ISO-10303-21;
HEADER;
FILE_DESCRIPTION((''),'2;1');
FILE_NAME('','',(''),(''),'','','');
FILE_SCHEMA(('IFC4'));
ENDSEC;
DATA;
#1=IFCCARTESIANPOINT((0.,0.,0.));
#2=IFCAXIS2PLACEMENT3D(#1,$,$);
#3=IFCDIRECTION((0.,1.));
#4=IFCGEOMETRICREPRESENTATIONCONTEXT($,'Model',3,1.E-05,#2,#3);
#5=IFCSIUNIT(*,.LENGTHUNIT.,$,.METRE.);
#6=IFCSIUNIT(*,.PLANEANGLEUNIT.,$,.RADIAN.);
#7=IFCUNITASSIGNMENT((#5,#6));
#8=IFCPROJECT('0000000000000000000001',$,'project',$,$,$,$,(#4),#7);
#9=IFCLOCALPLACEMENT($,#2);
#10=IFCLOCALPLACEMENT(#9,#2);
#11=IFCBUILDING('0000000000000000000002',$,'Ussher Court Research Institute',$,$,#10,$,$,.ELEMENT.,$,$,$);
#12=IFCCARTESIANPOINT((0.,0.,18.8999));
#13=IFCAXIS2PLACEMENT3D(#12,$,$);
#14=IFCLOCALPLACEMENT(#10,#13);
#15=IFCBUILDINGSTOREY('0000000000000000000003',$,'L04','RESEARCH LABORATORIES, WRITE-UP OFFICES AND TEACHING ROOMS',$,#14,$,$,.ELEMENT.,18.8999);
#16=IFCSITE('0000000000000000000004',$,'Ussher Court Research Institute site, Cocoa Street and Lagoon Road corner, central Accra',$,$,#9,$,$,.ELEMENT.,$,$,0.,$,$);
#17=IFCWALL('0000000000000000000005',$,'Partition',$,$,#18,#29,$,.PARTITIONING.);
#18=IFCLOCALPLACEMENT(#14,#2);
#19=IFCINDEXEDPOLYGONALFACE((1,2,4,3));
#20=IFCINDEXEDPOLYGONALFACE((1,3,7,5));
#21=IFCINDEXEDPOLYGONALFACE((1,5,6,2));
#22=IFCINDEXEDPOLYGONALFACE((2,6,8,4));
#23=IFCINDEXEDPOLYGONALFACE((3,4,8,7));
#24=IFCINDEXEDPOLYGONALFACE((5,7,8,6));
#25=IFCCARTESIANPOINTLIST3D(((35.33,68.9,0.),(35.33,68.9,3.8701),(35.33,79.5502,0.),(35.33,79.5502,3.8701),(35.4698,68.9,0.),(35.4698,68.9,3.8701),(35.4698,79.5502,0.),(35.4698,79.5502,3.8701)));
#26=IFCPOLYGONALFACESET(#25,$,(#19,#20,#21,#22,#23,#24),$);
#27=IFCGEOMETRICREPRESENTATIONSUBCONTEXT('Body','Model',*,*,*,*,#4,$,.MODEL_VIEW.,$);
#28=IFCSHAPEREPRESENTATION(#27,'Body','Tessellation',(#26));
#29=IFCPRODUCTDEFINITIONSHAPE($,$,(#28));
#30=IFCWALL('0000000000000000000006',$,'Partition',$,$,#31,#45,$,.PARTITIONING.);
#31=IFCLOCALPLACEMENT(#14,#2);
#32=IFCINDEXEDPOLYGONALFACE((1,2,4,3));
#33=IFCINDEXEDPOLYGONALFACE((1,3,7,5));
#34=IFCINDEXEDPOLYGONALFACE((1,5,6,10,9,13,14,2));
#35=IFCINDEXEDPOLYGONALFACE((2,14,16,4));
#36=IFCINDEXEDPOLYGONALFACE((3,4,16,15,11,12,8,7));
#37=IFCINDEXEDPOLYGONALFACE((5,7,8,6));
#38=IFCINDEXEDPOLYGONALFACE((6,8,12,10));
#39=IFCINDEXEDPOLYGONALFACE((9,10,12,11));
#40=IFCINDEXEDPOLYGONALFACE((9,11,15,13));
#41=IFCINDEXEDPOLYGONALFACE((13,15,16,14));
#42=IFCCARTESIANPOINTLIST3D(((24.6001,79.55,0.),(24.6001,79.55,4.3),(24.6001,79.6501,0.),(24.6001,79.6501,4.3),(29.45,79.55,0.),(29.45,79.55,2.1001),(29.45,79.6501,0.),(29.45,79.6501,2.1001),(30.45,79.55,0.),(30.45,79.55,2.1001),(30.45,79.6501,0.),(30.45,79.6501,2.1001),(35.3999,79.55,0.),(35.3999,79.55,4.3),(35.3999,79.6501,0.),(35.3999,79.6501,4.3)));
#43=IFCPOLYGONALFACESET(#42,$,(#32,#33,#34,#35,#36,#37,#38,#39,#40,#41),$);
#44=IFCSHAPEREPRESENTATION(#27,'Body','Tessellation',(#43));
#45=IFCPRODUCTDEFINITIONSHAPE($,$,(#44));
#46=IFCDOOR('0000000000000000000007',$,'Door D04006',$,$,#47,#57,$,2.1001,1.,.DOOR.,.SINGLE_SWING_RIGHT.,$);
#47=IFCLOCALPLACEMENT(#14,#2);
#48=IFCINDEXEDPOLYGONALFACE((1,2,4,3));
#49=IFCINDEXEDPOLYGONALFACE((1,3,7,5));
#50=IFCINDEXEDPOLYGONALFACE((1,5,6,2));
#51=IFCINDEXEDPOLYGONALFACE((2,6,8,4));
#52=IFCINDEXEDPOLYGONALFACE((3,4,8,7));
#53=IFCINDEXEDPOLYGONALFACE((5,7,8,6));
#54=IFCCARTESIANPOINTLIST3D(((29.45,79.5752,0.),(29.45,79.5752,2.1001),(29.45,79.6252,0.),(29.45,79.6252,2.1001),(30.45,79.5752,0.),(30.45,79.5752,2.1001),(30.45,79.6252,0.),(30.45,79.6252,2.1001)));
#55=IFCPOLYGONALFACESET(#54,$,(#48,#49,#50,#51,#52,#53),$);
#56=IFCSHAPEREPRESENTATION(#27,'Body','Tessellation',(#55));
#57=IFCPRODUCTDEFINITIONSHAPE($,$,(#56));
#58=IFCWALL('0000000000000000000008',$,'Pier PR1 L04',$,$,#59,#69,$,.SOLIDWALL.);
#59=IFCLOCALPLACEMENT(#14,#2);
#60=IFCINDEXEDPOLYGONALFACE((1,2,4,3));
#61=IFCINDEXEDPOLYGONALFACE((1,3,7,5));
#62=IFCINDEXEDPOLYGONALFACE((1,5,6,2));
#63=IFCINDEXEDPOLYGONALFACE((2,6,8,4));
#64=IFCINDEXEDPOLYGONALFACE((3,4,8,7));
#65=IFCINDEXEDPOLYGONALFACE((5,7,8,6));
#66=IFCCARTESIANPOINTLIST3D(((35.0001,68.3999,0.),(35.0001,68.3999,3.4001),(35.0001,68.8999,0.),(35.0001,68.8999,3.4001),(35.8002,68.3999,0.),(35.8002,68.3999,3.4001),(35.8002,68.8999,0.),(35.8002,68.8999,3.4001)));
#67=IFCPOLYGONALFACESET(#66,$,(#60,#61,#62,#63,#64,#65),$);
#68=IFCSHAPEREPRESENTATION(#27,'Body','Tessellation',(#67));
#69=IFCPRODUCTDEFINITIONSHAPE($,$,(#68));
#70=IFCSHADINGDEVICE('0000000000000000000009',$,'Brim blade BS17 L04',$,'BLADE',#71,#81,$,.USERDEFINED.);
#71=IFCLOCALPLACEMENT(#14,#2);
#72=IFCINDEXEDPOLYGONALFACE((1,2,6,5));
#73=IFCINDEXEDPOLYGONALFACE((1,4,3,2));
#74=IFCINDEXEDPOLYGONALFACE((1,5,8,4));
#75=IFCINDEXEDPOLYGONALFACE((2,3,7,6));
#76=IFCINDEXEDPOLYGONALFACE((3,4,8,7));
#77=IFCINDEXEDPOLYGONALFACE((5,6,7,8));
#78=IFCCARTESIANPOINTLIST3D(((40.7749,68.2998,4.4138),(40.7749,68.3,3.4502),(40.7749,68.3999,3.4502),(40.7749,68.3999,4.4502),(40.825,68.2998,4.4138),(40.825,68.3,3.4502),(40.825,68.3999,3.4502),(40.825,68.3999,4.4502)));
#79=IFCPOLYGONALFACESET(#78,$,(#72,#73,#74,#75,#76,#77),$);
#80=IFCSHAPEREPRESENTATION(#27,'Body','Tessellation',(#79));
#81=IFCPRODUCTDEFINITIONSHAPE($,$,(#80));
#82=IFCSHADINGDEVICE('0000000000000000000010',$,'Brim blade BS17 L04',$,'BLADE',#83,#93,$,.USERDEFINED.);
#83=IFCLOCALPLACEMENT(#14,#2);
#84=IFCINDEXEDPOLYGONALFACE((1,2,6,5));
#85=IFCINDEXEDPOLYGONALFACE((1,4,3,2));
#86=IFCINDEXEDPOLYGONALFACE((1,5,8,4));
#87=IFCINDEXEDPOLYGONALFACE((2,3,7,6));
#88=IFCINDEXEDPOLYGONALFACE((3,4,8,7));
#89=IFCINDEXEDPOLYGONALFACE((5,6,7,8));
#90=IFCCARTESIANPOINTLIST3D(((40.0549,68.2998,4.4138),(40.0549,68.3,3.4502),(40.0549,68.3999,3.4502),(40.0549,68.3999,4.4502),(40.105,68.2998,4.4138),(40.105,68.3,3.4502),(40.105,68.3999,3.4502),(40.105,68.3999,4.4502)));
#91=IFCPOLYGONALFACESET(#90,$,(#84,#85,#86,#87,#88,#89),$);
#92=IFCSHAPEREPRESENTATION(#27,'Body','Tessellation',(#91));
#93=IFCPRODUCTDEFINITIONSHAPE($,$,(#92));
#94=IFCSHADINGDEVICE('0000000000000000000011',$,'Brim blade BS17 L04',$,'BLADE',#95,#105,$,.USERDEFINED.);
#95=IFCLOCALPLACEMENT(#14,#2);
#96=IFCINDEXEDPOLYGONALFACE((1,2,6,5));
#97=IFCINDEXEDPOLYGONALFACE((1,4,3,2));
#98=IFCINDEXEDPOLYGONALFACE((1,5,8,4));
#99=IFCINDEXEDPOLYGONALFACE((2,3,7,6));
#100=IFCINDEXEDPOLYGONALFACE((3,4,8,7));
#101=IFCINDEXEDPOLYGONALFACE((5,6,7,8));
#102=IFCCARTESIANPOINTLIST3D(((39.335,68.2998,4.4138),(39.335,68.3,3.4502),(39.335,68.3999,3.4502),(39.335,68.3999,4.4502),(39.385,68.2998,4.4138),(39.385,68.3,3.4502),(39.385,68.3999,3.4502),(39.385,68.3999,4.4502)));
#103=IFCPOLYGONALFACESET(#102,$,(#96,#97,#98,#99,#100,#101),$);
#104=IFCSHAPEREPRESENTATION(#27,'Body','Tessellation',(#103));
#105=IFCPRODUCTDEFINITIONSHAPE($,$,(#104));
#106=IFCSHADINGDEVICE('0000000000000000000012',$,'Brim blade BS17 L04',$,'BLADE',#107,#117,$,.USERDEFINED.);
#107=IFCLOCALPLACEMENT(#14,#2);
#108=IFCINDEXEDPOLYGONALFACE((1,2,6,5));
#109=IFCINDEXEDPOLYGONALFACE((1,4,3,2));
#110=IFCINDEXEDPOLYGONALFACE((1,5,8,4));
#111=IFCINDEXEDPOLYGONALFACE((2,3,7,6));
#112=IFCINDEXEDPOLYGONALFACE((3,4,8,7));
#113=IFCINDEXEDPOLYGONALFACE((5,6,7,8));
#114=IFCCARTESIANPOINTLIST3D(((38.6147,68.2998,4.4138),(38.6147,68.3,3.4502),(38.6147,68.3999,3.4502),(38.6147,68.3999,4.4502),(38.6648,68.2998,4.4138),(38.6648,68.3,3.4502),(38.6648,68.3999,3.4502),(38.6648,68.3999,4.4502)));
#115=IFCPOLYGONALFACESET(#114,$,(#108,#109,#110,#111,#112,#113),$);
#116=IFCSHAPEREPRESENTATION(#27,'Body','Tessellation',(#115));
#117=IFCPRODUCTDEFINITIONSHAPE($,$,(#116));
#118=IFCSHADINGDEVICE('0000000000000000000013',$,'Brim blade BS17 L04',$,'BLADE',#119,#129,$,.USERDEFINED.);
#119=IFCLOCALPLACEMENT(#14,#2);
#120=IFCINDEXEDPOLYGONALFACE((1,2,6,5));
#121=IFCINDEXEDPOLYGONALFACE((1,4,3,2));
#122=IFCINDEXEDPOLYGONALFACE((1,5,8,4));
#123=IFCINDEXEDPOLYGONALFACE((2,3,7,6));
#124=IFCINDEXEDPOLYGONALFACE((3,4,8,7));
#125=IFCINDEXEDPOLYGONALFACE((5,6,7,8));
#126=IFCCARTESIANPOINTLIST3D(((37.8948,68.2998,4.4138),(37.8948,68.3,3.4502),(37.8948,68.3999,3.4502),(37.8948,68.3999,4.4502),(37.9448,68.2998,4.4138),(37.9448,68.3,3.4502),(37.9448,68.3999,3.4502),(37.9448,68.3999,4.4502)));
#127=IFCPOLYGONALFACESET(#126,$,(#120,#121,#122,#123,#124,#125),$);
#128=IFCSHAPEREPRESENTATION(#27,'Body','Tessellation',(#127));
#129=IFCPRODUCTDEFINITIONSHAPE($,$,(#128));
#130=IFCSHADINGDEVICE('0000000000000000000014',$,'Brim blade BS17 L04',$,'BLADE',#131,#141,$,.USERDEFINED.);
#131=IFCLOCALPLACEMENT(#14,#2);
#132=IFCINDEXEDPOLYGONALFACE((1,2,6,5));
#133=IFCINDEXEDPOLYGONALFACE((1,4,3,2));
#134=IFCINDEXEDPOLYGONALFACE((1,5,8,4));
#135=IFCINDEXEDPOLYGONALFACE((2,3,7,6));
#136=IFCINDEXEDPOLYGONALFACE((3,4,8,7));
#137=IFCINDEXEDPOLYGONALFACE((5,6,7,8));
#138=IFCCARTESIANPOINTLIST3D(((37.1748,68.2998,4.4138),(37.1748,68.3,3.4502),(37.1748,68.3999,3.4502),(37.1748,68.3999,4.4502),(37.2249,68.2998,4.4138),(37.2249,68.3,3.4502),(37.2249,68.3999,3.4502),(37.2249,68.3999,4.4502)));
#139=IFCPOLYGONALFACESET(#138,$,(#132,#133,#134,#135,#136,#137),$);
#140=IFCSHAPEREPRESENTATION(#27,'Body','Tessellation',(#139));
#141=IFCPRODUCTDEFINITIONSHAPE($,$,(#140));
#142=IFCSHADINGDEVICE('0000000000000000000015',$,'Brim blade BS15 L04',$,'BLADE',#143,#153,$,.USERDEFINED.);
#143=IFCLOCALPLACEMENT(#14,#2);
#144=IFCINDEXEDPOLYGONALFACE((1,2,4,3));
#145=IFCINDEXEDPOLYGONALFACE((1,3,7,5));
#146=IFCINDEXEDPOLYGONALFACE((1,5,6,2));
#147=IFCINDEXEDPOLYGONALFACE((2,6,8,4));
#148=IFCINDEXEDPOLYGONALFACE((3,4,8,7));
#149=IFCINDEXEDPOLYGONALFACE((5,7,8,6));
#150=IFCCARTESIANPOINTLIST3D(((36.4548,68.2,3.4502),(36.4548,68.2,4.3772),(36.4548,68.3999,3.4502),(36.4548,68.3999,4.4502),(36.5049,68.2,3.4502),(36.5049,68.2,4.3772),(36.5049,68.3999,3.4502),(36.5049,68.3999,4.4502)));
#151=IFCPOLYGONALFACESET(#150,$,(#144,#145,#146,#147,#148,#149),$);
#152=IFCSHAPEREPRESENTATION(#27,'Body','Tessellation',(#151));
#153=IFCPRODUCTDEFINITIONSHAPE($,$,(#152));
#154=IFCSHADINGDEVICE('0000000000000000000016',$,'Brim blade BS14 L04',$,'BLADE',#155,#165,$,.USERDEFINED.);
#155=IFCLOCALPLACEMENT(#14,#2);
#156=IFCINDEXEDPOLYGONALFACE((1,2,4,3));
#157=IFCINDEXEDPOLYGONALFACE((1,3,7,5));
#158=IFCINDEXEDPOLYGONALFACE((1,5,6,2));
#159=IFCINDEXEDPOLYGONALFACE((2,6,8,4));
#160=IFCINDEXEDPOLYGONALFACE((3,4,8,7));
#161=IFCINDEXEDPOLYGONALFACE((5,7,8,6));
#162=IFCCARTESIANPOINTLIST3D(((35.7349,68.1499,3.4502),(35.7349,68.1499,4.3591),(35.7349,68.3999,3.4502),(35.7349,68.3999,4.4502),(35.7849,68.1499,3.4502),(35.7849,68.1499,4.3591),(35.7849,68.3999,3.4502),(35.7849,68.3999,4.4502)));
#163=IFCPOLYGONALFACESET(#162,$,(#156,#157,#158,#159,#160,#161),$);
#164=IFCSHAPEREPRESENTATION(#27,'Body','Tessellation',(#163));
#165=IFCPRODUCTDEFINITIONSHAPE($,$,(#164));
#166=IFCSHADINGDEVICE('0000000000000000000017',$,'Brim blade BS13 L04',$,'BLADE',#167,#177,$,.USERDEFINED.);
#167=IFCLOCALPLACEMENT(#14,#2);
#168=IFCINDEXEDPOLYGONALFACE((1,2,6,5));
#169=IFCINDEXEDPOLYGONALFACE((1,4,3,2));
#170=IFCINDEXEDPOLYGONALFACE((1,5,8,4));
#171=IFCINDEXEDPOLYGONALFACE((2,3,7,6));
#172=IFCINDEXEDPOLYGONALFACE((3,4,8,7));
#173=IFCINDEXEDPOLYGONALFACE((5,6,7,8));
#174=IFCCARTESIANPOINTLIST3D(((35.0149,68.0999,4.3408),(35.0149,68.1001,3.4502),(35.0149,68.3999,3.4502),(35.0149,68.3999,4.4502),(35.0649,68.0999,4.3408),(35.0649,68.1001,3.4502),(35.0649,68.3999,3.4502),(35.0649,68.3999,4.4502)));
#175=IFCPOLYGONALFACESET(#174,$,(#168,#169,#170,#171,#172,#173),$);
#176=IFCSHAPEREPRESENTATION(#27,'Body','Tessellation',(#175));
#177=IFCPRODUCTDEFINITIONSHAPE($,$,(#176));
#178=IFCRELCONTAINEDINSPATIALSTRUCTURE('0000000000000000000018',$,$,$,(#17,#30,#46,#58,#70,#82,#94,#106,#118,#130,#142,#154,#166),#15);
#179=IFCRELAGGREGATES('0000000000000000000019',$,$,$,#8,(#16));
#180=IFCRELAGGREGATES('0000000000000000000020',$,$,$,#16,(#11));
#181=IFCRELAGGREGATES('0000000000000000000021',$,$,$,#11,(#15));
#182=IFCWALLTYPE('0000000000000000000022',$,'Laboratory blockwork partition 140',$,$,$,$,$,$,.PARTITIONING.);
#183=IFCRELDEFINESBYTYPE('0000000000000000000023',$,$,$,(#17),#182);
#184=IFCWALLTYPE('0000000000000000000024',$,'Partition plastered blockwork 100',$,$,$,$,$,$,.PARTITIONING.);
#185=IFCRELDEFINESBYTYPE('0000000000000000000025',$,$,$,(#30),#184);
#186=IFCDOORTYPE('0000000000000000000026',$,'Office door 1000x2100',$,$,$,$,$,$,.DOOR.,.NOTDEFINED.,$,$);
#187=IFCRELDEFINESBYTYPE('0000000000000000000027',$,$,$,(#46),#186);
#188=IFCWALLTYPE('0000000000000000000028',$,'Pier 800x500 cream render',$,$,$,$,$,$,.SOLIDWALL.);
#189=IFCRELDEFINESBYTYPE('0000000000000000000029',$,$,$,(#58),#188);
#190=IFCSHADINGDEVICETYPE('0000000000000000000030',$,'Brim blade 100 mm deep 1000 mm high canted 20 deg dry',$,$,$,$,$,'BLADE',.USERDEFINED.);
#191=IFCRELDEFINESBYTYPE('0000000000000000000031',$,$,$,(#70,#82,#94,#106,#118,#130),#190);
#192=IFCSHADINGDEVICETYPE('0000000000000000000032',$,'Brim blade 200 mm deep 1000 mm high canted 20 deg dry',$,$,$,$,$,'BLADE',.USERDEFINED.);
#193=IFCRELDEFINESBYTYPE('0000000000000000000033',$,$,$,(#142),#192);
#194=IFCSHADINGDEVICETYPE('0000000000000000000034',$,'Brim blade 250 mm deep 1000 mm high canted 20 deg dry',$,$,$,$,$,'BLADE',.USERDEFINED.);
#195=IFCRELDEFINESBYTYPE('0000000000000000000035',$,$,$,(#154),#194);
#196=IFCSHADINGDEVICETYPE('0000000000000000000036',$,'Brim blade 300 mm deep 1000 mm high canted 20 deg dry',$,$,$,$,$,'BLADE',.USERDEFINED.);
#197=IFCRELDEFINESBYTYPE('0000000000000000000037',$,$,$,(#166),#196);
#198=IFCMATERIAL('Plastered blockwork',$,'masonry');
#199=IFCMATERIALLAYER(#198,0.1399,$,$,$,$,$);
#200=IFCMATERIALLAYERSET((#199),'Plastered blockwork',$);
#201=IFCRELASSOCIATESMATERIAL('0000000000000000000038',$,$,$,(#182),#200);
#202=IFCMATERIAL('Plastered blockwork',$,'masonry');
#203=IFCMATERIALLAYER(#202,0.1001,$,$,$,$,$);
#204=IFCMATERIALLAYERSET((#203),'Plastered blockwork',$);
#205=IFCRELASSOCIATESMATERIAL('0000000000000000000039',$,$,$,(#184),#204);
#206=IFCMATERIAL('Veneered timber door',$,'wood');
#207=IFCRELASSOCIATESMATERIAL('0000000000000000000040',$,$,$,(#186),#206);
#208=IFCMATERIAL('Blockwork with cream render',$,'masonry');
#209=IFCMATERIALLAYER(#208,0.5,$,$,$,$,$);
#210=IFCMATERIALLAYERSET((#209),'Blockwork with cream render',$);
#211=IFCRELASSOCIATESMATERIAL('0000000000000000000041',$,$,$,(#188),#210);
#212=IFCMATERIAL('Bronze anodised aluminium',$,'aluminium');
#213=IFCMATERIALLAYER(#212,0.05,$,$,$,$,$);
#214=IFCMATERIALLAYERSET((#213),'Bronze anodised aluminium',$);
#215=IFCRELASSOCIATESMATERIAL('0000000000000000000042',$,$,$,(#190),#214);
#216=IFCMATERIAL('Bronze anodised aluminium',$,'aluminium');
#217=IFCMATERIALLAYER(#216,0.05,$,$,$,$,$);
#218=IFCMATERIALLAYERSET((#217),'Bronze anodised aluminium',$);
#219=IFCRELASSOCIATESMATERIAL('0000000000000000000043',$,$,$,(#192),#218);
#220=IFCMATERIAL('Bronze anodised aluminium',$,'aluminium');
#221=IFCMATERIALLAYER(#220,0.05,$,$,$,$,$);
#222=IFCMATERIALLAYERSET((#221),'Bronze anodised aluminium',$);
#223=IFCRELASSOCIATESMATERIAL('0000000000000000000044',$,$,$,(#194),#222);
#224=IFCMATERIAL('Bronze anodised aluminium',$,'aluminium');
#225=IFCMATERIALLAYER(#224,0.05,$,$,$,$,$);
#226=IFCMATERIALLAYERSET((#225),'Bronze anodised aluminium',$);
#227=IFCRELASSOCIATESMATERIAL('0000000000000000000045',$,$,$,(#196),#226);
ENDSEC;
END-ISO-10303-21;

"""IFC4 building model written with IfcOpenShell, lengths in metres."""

from ifc_helpers import new_model, si_unit, direction, frame, frame_2d, origin, place, context, subcontext, project, spatial, polyline, rectangle, outline, extrude, material, layer, layer_set, type_object, element, fill, save


model = new_model("IFC4")

# Units and contexts
model_context = context("Model", 3, precision=1e-05, world=origin(), true_north=direction((0.0, 1.0)))
body_context = subcontext(model_context, "Body", "Model", "MODEL_VIEW")
ifc_project = project(units=[si_unit("LENGTHUNIT", "METRE"), si_unit("PLANEANGLEUNIT", "RADIAN")], contexts=[model_context])

# Site, building, storey
site_placement = place(None, origin())
site = spatial("IfcSite", under=ifc_project, at=site_placement, Name="Ussher Court Research Institute site, Cocoa Street and Lagoon Road corner, central Accra", CompositionType="ELEMENT", RefElevation=0.0)
building_placement = place(site_placement, origin())
building = spatial("IfcBuilding", under=site, at=building_placement, Name="Ussher Court Research Institute", CompositionType="ELEMENT")
storey_placement = place(building_placement, frame((0.0, 0.0, 18.8999)))
storey = spatial("IfcBuildingStorey", under=building, at=storey_placement, Name="L04", Description="RESEARCH LABORATORIES, WRITE-UP OFFICES AND TEACHING ROOMS", CompositionType="ELEMENT", Elevation=18.8999)

# Wall
ifc_material_1 = material(Name="Plastered blockwork", Category="masonry")
ifc_layer_1 = layer(ifc_material_1, 0.1399)
ifc_layer_set_1 = layer_set([ifc_layer_1], Name="Plastered blockwork")
wall_type_1 = type_object("IfcWallType", Name="Laboratory blockwork partition 140", PredefinedType="PARTITIONING", material=ifc_layer_set_1)
wall_1_placement = place(storey_placement, frame((35.3999, 68.8999, 0.0), z_axis=(0.0, 0.0, 1.0), x_axis=(0.0, 1.0, 0.0)))
element("IfcWall", 1, at=wall_1_placement, inside=storey, type_object=wall_type_1, Name="Partition", PredefinedType="PARTITIONING", context=body_context, shape_type="SweptSolid", body=[
    extrude(rectangle(XDim=10.6501, YDim=0.1399, at=frame_2d((5.3252, 0.0))), origin(), (0.0, 0.0, 1.0), 3.8701),
])

# Wall, opening, door
ifc_material_2 = material(Name="Plastered blockwork", Category="masonry")
ifc_layer_2 = layer(ifc_material_2, 0.1001)
ifc_layer_set_2 = layer_set([ifc_layer_2], Name="Plastered blockwork")
wall_type_2 = type_object("IfcWallType", Name="Partition plastered blockwork 100", PredefinedType="PARTITIONING", material=ifc_layer_set_2)
wall_2_placement = place(storey_placement, frame((35.3999, 79.6001, 0.0), z_axis=(0.0, 0.0, 1.0), x_axis=(-1.0, 0.0, 0.0)))
wall_2 = element("IfcWall", 2, at=wall_2_placement, inside=storey, type_object=wall_type_2, Name="Partition", PredefinedType="PARTITIONING", context=body_context, shape_type="SweptSolid", body=[
    extrude(rectangle(XDim=10.7998, YDim=0.1001, at=frame_2d((5.3999, 0.0))), origin(), (0.0, 0.0, 1.0), 4.3),
])
opening_1_placement = place(wall_2_placement, frame((4.95, 0.0, 0.0)))
opening_1 = element("IfcOpeningElement", 3, at=opening_1_placement, cuts=wall_2, PredefinedType="OPENING", context=body_context, shape_type="SweptSolid", body=[
    extrude(rectangle(XDim=1.0, YDim=2.1001, at=frame_2d((0.5, 1.05))), frame((0.0, 0.0601, 0.0), z_axis=(0.0, -1.0, 0.0), x_axis=(1.0, 0.0, 0.0)), (0.0, 0.0, 1.0), 0.1201),
])
ifc_material_3 = material(Name="Veneered timber door", Category="wood")
door_type = type_object("IfcDoorType", Name="Office door 1000x2100", OperationType="NOTDEFINED", PredefinedType="DOOR", material=ifc_material_3)
door_placement = place(opening_1_placement, origin())
door = element("IfcDoor", 4, at=door_placement, inside=storey, type_object=door_type, Name="Door D04006", OperationType="SINGLE_SWING_RIGHT", OverallHeight=2.1001, OverallWidth=1.0, PredefinedType="DOOR", context=body_context, shape_type="SweptSolid", body=[
    extrude(rectangle(XDim=1.0, YDim=2.1001, at=frame_2d((0.5, 1.05))), frame((0.0, 0.0249, 0.0), z_axis=(0.0, -1.0, 0.0), x_axis=(1.0, 0.0, 0.0)), (0.0, 0.0, 1.0), 0.05),
])
fill(opening_1, door)

# Wall
ifc_material_4 = material(Name="Blockwork with cream render", Category="masonry")
ifc_layer_3 = layer(ifc_material_4, 0.5)
ifc_layer_set_3 = layer_set([ifc_layer_3], Name="Blockwork with cream render")
wall_type_3 = type_object("IfcWallType", Name="Pier 800x500 cream render", PredefinedType="SOLIDWALL", material=ifc_layer_set_3)
wall_3_placement = place(storey_placement, frame((35.8, 68.6499, 0.0), z_axis=(0.0, 0.0, 1.0), x_axis=(-1.0, 0.0, 0.0)))
element("IfcWall", 5, at=wall_3_placement, inside=storey, type_object=wall_type_3, Name="Pier PR1 L04", PredefinedType="SOLIDWALL", context=body_context, shape_type="SweptSolid", body=[
    extrude(rectangle(XDim=0.8, YDim=0.5, at=frame_2d((0.3999, 0.0))), origin(), (0.0, 0.0, 1.0), 3.4001),
])

# Shading devices
ifc_material_5 = material(Name="Bronze anodised aluminium", Category="aluminium")
ifc_layer_4 = layer(ifc_material_5, 0.05)
ifc_layer_set_4 = layer_set([ifc_layer_4], Name="Bronze anodised aluminium")
shading_device_type_1 = type_object("IfcShadingDeviceType", Name="Brim blade 100 mm deep 1000 mm high canted 20 deg dry", ElementType="BLADE", PredefinedType="USERDEFINED", material=ifc_layer_set_4)
for number, where, z_axis, x_axis, name in (
    (6, (40.8, 68.3999, 3.4502), (0.0, 0.0, 1.0), (0.0, -1.0, 0.0), "Brim blade BS17 L04"),
    (7, (40.0801, 68.3999, 3.4502), (0.0, 0.0, 1.0), (0.0, -1.0, 0.0), "Brim blade BS17 L04"),
    (8, (39.3601, 68.3999, 3.4502), (0.0, 0.0, 1.0), (0.0, -1.0, 0.0), "Brim blade BS17 L04"),
    (9, (38.6399, 68.3999, 3.4502), (0.0, 0.0, 1.0), (0.0, -1.0, 0.0), "Brim blade BS17 L04"),
    (10, (37.9199, 68.3999, 3.4502), (0.0, 0.0, 1.0), (0.0, -1.0, 0.0), "Brim blade BS17 L04"),
    (11, (37.2, 68.3999, 3.4502), (0.0, 0.0, 1.0), (0.0, -1.0, 0.0), "Brim blade BS17 L04"),
):
    element("IfcShadingDevice", number, at=place(storey_placement, frame(where, z_axis=z_axis, x_axis=x_axis)), inside=storey, type_object=shading_device_type_1, Name=name, ObjectType="BLADE", PredefinedType="USERDEFINED", context=body_context, shape_type="SweptSolid", body=[
        extrude(outline(polyline([(0.0, 0.0), (0.0999, 0.0), (0.1001, 0.9636), (0.0, 1.0), (0.0, 0.0)])), frame((0.0, 0.0249, 0.0), z_axis=(0.0, -1.0, 0.0), x_axis=(1.0, 0.0, 0.0)), (0.0, 0.0, 1.0), 0.05),
    ])
ifc_material_6 = material(Name="Bronze anodised aluminium", Category="aluminium")
ifc_layer_5 = layer(ifc_material_6, 0.05)
ifc_layer_set_5 = layer_set([ifc_layer_5], Name="Bronze anodised aluminium")
shading_device_type_2 = type_object("IfcShadingDeviceType", Name="Brim blade 200 mm deep 1000 mm high canted 20 deg dry", ElementType="BLADE", PredefinedType="USERDEFINED", material=ifc_layer_set_5)
shading_device_1_placement = place(storey_placement, frame((36.48, 68.3999, 3.4502), z_axis=(0.0, 0.0, 1.0), x_axis=(0.0, -1.0, 0.0)))
element("IfcShadingDevice", 12, at=shading_device_1_placement, inside=storey, type_object=shading_device_type_2, Name="Brim blade BS15 L04", ObjectType="BLADE", PredefinedType="USERDEFINED", context=body_context, shape_type="SweptSolid", body=[
    extrude(outline(polyline([(0.0, 0.0), (0.2, 0.0), (0.2, 0.927), (0.0, 1.0), (0.0, 0.0)])), frame((0.0, 0.0249, 0.0), z_axis=(0.0, -1.0, 0.0), x_axis=(1.0, 0.0, 0.0)), (0.0, 0.0, 1.0), 0.05),
])
ifc_material_7 = material(Name="Bronze anodised aluminium", Category="aluminium")
ifc_layer_6 = layer(ifc_material_7, 0.05)
ifc_layer_set_6 = layer_set([ifc_layer_6], Name="Bronze anodised aluminium")
shading_device_type_3 = type_object("IfcShadingDeviceType", Name="Brim blade 250 mm deep 1000 mm high canted 20 deg dry", ElementType="BLADE", PredefinedType="USERDEFINED", material=ifc_layer_set_6)
shading_device_2_placement = place(storey_placement, frame((35.76, 68.3999, 3.4502), z_axis=(0.0, 0.0, 1.0), x_axis=(0.0, -1.0, 0.0)))
element("IfcShadingDevice", 13, at=shading_device_2_placement, inside=storey, type_object=shading_device_type_3, Name="Brim blade BS14 L04", ObjectType="BLADE", PredefinedType="USERDEFINED", context=body_context, shape_type="SweptSolid", body=[
    extrude(outline(polyline([(0.0, 0.0), (0.25, 0.0), (0.25, 0.9089), (0.0, 1.0), (0.0, 0.0)])), frame((0.0, 0.0249, 0.0), z_axis=(0.0, -1.0, 0.0), x_axis=(1.0, 0.0, 0.0)), (0.0, 0.0, 1.0), 0.05),
])
ifc_material_8 = material(Name="Bronze anodised aluminium", Category="aluminium")
ifc_layer_7 = layer(ifc_material_8, 0.05)
ifc_layer_set_7 = layer_set([ifc_layer_7], Name="Bronze anodised aluminium")
shading_device_type_4 = type_object("IfcShadingDeviceType", Name="Brim blade 300 mm deep 1000 mm high canted 20 deg dry", ElementType="BLADE", PredefinedType="USERDEFINED", material=ifc_layer_set_7)
shading_device_3_placement = place(storey_placement, frame((35.04, 68.3999, 3.4502), z_axis=(0.0, 0.0, 1.0), x_axis=(0.0, -1.0, 0.0)))
element("IfcShadingDevice", 14, at=shading_device_3_placement, inside=storey, type_object=shading_device_type_4, Name="Brim blade BS13 L04", ObjectType="BLADE", PredefinedType="USERDEFINED", context=body_context, shape_type="SweptSolid", body=[
    extrude(outline(polyline([(0.0, 0.0), (0.2998, 0.0), (0.3, 0.8906), (0.0, 1.0), (0.0, 0.0)])), frame((0.0, 0.0249, 0.0), z_axis=(0.0, -1.0, 0.0), x_axis=(1.0, 0.0, 0.0)), (0.0, 0.0, 1.0), 0.05),
])

save(model, "model.ifc")
